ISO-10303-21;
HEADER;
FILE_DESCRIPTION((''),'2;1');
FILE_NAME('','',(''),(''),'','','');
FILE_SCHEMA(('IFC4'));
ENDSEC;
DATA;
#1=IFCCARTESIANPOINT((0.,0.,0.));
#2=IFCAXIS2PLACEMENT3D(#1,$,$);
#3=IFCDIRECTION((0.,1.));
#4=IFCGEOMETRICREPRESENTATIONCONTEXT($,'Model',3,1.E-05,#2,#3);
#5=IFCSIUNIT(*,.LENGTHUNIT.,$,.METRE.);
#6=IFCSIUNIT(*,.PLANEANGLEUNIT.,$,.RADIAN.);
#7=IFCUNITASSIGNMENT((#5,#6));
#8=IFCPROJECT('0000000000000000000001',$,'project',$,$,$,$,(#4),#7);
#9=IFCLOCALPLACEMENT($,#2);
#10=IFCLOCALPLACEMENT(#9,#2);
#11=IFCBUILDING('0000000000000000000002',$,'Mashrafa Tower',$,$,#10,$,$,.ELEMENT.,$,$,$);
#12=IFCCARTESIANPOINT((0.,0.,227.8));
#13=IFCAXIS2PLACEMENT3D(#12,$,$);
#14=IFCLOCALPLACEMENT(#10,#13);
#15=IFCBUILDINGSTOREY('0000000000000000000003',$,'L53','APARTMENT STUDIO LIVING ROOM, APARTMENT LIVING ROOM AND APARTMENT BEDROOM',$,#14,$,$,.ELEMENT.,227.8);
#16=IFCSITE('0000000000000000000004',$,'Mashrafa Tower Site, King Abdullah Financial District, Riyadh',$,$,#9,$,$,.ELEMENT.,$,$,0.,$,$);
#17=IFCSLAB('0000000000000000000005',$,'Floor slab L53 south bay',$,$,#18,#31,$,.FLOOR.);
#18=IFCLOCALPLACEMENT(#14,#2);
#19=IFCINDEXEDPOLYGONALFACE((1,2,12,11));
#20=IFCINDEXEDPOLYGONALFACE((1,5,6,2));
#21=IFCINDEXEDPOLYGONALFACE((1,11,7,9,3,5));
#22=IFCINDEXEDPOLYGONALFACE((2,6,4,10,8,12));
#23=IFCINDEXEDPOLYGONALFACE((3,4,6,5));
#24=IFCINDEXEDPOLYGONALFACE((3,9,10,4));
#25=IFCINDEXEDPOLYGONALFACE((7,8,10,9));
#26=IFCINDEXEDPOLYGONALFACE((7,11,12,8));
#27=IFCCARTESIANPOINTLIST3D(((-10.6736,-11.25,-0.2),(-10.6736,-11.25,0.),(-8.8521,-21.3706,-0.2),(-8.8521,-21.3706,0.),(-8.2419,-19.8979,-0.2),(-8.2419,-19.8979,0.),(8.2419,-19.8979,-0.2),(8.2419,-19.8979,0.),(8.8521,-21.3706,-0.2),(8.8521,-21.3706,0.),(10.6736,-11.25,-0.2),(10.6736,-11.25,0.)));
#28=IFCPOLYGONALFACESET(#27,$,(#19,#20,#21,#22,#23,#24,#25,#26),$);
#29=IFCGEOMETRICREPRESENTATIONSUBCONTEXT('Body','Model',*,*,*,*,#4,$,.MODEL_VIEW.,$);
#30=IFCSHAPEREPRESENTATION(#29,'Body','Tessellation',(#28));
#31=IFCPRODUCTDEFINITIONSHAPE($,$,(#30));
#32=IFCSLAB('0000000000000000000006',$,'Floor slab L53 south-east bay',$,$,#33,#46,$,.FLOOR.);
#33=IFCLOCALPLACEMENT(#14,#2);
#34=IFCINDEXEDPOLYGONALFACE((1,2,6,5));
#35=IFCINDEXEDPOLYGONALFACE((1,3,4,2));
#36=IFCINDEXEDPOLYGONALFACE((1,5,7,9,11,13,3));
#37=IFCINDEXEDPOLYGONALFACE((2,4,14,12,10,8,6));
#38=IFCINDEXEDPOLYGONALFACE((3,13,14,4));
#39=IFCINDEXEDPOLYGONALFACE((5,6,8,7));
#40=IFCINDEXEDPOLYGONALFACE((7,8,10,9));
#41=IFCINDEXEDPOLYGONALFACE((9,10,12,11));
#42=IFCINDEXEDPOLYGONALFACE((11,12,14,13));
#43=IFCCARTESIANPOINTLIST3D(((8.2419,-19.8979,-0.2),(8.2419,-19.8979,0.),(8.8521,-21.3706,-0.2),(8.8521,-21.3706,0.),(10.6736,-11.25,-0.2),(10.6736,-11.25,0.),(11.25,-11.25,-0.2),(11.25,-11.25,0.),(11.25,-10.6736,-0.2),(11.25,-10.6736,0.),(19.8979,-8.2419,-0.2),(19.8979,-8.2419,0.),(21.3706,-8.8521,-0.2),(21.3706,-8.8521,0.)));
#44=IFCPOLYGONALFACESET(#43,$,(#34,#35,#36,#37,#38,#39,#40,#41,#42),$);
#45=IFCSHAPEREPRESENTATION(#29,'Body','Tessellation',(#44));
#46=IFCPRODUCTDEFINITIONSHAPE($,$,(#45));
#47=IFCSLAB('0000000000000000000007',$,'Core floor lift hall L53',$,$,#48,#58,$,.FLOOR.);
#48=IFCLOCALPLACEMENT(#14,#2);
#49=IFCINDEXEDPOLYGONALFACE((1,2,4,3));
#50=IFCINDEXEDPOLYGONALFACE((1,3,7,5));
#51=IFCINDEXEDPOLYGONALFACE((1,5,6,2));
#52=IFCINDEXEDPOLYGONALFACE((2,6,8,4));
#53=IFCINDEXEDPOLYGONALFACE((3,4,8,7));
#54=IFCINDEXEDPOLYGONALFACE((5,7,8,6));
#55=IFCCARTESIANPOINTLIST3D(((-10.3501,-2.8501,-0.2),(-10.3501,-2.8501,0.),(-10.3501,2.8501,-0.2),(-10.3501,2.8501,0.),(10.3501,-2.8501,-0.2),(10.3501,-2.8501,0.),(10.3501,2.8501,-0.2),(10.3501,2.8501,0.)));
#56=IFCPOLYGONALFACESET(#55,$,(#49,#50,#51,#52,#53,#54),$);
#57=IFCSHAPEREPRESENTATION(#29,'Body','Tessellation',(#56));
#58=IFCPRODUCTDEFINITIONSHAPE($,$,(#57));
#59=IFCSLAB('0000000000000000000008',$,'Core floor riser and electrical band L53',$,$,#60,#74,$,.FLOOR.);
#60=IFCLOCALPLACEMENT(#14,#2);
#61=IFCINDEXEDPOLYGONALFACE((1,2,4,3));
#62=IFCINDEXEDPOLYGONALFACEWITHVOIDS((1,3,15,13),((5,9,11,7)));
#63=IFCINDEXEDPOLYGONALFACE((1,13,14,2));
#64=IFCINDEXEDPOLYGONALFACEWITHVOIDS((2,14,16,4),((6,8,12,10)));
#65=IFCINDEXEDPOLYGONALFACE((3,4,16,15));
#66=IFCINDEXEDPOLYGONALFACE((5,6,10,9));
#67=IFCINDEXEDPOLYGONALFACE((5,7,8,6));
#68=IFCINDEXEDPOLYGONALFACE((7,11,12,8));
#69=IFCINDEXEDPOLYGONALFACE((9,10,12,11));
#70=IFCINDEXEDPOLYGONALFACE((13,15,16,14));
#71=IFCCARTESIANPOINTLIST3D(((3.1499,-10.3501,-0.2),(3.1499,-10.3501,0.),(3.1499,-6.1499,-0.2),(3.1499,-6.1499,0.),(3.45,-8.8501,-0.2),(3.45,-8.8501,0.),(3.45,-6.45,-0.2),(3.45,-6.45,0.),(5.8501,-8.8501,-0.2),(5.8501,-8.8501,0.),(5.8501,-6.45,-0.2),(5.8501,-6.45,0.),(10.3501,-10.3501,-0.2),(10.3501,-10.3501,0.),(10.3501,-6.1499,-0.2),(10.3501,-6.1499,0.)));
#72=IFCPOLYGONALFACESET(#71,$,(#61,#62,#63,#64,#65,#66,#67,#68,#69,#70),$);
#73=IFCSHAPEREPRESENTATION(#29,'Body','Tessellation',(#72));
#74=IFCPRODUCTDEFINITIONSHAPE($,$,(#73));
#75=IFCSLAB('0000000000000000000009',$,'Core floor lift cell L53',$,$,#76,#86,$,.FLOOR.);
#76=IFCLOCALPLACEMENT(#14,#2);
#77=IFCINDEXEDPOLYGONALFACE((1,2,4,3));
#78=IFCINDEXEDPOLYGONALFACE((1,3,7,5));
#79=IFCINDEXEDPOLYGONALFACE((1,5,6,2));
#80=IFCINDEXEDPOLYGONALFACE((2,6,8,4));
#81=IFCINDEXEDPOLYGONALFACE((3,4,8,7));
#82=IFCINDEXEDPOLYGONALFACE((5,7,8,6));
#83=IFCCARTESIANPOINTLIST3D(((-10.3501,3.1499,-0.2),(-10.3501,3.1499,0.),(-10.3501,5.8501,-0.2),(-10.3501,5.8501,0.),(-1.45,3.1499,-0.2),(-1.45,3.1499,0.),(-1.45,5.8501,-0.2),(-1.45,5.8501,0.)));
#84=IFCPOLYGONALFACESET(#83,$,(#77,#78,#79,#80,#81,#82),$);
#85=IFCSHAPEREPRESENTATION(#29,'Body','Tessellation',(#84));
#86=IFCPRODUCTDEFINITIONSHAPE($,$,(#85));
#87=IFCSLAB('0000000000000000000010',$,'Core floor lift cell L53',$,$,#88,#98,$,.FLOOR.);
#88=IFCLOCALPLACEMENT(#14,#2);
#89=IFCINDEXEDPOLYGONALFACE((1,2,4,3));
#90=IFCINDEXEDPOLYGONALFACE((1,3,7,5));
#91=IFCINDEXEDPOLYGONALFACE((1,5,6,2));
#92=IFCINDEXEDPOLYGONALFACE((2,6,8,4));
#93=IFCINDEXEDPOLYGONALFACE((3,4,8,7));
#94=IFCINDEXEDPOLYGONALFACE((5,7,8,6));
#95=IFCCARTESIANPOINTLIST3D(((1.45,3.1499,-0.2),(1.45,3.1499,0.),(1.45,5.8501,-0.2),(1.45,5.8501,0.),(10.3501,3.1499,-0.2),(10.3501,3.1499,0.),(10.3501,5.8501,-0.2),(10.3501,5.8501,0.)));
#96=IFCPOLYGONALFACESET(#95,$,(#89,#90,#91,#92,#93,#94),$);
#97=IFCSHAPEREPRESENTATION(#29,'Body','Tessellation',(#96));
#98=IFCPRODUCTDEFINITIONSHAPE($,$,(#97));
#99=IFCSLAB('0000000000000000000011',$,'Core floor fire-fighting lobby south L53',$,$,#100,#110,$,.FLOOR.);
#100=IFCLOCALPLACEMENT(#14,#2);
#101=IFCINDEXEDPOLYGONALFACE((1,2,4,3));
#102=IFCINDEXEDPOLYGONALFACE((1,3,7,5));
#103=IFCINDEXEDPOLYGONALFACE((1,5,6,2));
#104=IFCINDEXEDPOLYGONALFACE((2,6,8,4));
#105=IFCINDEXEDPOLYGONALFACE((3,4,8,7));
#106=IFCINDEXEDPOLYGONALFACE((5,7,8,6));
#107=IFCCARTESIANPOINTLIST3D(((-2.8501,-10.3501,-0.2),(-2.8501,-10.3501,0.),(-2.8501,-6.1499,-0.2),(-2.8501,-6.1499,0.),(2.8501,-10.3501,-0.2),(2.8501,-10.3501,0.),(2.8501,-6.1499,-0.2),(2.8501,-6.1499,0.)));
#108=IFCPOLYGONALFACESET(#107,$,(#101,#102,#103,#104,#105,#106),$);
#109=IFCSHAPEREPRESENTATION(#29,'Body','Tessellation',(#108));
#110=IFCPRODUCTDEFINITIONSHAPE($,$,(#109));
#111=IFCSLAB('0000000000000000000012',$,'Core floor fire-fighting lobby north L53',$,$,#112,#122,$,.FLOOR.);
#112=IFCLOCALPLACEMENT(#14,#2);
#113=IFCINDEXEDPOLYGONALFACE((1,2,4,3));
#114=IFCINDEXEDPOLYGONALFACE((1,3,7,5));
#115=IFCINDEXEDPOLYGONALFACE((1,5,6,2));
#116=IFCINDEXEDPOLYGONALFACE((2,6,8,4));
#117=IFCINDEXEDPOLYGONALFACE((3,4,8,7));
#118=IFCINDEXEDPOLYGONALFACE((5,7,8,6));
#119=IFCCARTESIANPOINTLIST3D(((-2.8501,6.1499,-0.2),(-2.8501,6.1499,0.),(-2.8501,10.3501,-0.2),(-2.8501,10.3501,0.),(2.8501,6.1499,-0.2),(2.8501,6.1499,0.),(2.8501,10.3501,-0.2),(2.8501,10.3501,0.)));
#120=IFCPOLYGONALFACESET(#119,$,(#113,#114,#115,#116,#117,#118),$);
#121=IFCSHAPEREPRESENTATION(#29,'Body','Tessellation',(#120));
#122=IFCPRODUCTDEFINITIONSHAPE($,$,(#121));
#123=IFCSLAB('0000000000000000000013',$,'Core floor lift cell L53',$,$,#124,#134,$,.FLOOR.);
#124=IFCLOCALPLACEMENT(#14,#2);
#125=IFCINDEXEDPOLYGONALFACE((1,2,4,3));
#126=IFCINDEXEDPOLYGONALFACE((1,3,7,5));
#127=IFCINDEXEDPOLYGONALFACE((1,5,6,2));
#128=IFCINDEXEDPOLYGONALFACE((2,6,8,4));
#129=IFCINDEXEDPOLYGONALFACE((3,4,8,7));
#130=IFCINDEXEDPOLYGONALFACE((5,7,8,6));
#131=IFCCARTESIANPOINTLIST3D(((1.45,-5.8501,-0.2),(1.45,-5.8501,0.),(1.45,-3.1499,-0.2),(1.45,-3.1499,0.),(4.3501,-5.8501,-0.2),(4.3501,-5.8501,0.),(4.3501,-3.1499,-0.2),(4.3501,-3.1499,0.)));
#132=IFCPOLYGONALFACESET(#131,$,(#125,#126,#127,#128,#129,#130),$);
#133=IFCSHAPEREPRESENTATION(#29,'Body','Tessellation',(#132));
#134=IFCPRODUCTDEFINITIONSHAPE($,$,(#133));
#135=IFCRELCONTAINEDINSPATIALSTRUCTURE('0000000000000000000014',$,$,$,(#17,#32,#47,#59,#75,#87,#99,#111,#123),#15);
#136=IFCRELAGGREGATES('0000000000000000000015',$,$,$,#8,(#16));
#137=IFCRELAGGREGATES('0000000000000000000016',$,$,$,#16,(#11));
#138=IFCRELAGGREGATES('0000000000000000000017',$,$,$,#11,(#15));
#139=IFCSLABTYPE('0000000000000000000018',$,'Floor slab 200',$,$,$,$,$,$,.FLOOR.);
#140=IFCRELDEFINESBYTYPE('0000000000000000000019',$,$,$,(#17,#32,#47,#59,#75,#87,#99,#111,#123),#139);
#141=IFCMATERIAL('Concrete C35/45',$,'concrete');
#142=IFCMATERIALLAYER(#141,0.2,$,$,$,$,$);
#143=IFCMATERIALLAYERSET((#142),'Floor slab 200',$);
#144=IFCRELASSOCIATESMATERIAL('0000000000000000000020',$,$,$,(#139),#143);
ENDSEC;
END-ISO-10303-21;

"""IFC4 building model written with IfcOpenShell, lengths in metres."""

from ifc_helpers import new_model, si_unit, direction, frame, origin, place, context, subcontext, project, spatial, polyline, outline, extrude, material, layer, layer_set, type_object, element, save


model = new_model("IFC4")

# Units and contexts
model_context = context("Model", 3, precision=1e-05, world=origin(), true_north=direction((0.0, 1.0)))
body_context = subcontext(model_context, "Body", "Model", "MODEL_VIEW")
ifc_project = project(units=[si_unit("LENGTHUNIT", "METRE"), si_unit("PLANEANGLEUNIT", "RADIAN")], contexts=[model_context])

# Site, building, storey
site_placement = place(None, origin())
site = spatial("IfcSite", under=ifc_project, at=site_placement, Name="Mashrafa Tower Site, King Abdullah Financial District, Riyadh", CompositionType="ELEMENT", RefElevation=0.0)
building_placement = place(site_placement, origin())
building = spatial("IfcBuilding", under=site, at=building_placement, Name="Mashrafa Tower", CompositionType="ELEMENT")
storey_placement = place(building_placement, frame((0.0, 0.0, 227.8)))
storey = spatial("IfcBuildingStorey", under=building, at=storey_placement, Name="L53", Description="APARTMENT STUDIO LIVING ROOM, APARTMENT LIVING ROOM AND APARTMENT BEDROOM", CompositionType="ELEMENT", Elevation=227.8)

# Slabs
ifc_material_1 = material(Name="Concrete C35/45", Category="concrete")
ifc_layer_1 = layer(ifc_material_1, 0.2)
ifc_layer_set_1 = layer_set([ifc_layer_1], Name="Floor slab 200")
slab_type = type_object("IfcSlabType", Name="Floor slab 200", PredefinedType="FLOOR", material=ifc_layer_set_1)
slab_1_placement = place(storey_placement, frame((0.0, 0.0, -0.2)))
element("IfcSlab", 1, at=slab_1_placement, inside=storey, type_object=slab_type, Name="Floor slab L53 south bay", PredefinedType="FLOOR", context=body_context, shape_type="SweptSolid", body=[
    extrude(outline(polyline([(-8.8521, -21.3706), (-8.2419, -19.8979), (-10.6736, -11.25), (10.6736, -11.25), (8.2419, -19.8979), (8.8521, -21.3706), (-8.8521, -21.3706)])), origin(), (0.0, 0.0, 1.0), 0.2),
])
slab_2_placement = place(storey_placement, frame((0.0, 0.0, -0.2)))
element("IfcSlab", 2, at=slab_2_placement, inside=storey, type_object=slab_type, Name="Floor slab L53 south-east bay", PredefinedType="FLOOR", context=body_context, shape_type="SweptSolid", body=[
    extrude(outline(polyline([(8.8521, -21.3706), (8.2419, -19.8979), (10.6736, -11.25), (11.25, -11.25), (11.25, -10.6736), (19.8979, -8.2419), (21.3706, -8.8521), (21.3706, -8.8521), (8.8521, -21.3706), (8.8521, -21.3706)])), origin(), (0.0, 0.0, 1.0), 0.2),
])
slab_3_placement = place(storey_placement, frame((0.0, 0.0, -0.2)))
element("IfcSlab", 3, at=slab_3_placement, inside=storey, type_object=slab_type, Name="Core floor lift hall L53", PredefinedType="FLOOR", context=body_context, shape_type="SweptSolid", body=[
    extrude(outline(polyline([(-10.3501, 2.8501), (10.3501, 2.8501), (10.3501, -2.8501), (-10.3501, -2.8501), (-10.3501, 2.8501)])), origin(), (0.0, 0.0, 1.0), 0.2),
])
slab_4_placement = place(storey_placement, frame((0.0, 0.0, -0.2)))
element("IfcSlab", 4, at=slab_4_placement, inside=storey, type_object=slab_type, Name="Core floor riser and electrical band L53", PredefinedType="FLOOR", context=body_context, shape_type="SweptSolid", body=[
    extrude(outline(polyline([(10.3501, -6.1499), (10.3501, -10.3501), (3.1499, -10.3501), (3.1499, -6.1499), (10.3501, -6.1499)]), holes=[polyline([(3.45, -8.8501), (5.8501, -8.8501), (5.8501, -6.45), (3.45, -6.45), (3.45, -8.8501)])]), origin(), (0.0, 0.0, 1.0), 0.2),
])
slab_5_placement = place(storey_placement, frame((0.0, 0.0, -0.2)))
element("IfcSlab", 5, at=slab_5_placement, inside=storey, type_object=slab_type, Name="Core floor lift cell L53", PredefinedType="FLOOR", context=body_context, shape_type="SweptSolid", body=[
    extrude(outline(polyline([(-10.3501, 5.8501), (-1.45, 5.8501), (-1.45, 3.1499), (-10.3501, 3.1499), (-10.3501, 5.8501)])), origin(), (0.0, 0.0, 1.0), 0.2),
])
slab_6_placement = place(storey_placement, frame((0.0, 0.0, -0.2)))
element("IfcSlab", 6, at=slab_6_placement, inside=storey, type_object=slab_type, Name="Core floor lift cell L53", PredefinedType="FLOOR", context=body_context, shape_type="SweptSolid", body=[
    extrude(outline(polyline([(1.45, 5.8501), (10.3501, 5.8501), (10.3501, 3.1499), (1.45, 3.1499), (1.45, 5.8501)])), origin(), (0.0, 0.0, 1.0), 0.2),
])
slab_7_placement = place(storey_placement, frame((0.0, 0.0, -0.2)))
element("IfcSlab", 7, at=slab_7_placement, inside=storey, type_object=slab_type, Name="Core floor fire-fighting lobby south L53", PredefinedType="FLOOR", context=body_context, shape_type="SweptSolid", body=[
    extrude(outline(polyline([(2.8501, -6.1499), (2.8501, -10.3501), (-2.8501, -10.3501), (-2.8501, -6.1499), (2.8501, -6.1499)])), origin(), (0.0, 0.0, 1.0), 0.2),
])
slab_8_placement = place(storey_placement, frame((0.0, 0.0, -0.2)))
element("IfcSlab", 8, at=slab_8_placement, inside=storey, type_object=slab_type, Name="Core floor fire-fighting lobby north L53", PredefinedType="FLOOR", context=body_context, shape_type="SweptSolid", body=[
    extrude(outline(polyline([(-2.8501, 10.3501), (2.8501, 10.3501), (2.8501, 6.1499), (-2.8501, 6.1499), (-2.8501, 10.3501)])), origin(), (0.0, 0.0, 1.0), 0.2),
])
slab_9_placement = place(storey_placement, frame((0.0, 0.0, -0.2)))
element("IfcSlab", 9, at=slab_9_placement, inside=storey, type_object=slab_type, Name="Core floor lift cell L53", PredefinedType="FLOOR", context=body_context, shape_type="SweptSolid", body=[
    extrude(outline(polyline([(4.3501, -3.1499), (4.3501, -5.8501), (1.45, -5.8501), (1.45, -3.1499), (4.3501, -3.1499)])), origin(), (0.0, 0.0, 1.0), 0.2),
])

save(model, "model.ifc")
